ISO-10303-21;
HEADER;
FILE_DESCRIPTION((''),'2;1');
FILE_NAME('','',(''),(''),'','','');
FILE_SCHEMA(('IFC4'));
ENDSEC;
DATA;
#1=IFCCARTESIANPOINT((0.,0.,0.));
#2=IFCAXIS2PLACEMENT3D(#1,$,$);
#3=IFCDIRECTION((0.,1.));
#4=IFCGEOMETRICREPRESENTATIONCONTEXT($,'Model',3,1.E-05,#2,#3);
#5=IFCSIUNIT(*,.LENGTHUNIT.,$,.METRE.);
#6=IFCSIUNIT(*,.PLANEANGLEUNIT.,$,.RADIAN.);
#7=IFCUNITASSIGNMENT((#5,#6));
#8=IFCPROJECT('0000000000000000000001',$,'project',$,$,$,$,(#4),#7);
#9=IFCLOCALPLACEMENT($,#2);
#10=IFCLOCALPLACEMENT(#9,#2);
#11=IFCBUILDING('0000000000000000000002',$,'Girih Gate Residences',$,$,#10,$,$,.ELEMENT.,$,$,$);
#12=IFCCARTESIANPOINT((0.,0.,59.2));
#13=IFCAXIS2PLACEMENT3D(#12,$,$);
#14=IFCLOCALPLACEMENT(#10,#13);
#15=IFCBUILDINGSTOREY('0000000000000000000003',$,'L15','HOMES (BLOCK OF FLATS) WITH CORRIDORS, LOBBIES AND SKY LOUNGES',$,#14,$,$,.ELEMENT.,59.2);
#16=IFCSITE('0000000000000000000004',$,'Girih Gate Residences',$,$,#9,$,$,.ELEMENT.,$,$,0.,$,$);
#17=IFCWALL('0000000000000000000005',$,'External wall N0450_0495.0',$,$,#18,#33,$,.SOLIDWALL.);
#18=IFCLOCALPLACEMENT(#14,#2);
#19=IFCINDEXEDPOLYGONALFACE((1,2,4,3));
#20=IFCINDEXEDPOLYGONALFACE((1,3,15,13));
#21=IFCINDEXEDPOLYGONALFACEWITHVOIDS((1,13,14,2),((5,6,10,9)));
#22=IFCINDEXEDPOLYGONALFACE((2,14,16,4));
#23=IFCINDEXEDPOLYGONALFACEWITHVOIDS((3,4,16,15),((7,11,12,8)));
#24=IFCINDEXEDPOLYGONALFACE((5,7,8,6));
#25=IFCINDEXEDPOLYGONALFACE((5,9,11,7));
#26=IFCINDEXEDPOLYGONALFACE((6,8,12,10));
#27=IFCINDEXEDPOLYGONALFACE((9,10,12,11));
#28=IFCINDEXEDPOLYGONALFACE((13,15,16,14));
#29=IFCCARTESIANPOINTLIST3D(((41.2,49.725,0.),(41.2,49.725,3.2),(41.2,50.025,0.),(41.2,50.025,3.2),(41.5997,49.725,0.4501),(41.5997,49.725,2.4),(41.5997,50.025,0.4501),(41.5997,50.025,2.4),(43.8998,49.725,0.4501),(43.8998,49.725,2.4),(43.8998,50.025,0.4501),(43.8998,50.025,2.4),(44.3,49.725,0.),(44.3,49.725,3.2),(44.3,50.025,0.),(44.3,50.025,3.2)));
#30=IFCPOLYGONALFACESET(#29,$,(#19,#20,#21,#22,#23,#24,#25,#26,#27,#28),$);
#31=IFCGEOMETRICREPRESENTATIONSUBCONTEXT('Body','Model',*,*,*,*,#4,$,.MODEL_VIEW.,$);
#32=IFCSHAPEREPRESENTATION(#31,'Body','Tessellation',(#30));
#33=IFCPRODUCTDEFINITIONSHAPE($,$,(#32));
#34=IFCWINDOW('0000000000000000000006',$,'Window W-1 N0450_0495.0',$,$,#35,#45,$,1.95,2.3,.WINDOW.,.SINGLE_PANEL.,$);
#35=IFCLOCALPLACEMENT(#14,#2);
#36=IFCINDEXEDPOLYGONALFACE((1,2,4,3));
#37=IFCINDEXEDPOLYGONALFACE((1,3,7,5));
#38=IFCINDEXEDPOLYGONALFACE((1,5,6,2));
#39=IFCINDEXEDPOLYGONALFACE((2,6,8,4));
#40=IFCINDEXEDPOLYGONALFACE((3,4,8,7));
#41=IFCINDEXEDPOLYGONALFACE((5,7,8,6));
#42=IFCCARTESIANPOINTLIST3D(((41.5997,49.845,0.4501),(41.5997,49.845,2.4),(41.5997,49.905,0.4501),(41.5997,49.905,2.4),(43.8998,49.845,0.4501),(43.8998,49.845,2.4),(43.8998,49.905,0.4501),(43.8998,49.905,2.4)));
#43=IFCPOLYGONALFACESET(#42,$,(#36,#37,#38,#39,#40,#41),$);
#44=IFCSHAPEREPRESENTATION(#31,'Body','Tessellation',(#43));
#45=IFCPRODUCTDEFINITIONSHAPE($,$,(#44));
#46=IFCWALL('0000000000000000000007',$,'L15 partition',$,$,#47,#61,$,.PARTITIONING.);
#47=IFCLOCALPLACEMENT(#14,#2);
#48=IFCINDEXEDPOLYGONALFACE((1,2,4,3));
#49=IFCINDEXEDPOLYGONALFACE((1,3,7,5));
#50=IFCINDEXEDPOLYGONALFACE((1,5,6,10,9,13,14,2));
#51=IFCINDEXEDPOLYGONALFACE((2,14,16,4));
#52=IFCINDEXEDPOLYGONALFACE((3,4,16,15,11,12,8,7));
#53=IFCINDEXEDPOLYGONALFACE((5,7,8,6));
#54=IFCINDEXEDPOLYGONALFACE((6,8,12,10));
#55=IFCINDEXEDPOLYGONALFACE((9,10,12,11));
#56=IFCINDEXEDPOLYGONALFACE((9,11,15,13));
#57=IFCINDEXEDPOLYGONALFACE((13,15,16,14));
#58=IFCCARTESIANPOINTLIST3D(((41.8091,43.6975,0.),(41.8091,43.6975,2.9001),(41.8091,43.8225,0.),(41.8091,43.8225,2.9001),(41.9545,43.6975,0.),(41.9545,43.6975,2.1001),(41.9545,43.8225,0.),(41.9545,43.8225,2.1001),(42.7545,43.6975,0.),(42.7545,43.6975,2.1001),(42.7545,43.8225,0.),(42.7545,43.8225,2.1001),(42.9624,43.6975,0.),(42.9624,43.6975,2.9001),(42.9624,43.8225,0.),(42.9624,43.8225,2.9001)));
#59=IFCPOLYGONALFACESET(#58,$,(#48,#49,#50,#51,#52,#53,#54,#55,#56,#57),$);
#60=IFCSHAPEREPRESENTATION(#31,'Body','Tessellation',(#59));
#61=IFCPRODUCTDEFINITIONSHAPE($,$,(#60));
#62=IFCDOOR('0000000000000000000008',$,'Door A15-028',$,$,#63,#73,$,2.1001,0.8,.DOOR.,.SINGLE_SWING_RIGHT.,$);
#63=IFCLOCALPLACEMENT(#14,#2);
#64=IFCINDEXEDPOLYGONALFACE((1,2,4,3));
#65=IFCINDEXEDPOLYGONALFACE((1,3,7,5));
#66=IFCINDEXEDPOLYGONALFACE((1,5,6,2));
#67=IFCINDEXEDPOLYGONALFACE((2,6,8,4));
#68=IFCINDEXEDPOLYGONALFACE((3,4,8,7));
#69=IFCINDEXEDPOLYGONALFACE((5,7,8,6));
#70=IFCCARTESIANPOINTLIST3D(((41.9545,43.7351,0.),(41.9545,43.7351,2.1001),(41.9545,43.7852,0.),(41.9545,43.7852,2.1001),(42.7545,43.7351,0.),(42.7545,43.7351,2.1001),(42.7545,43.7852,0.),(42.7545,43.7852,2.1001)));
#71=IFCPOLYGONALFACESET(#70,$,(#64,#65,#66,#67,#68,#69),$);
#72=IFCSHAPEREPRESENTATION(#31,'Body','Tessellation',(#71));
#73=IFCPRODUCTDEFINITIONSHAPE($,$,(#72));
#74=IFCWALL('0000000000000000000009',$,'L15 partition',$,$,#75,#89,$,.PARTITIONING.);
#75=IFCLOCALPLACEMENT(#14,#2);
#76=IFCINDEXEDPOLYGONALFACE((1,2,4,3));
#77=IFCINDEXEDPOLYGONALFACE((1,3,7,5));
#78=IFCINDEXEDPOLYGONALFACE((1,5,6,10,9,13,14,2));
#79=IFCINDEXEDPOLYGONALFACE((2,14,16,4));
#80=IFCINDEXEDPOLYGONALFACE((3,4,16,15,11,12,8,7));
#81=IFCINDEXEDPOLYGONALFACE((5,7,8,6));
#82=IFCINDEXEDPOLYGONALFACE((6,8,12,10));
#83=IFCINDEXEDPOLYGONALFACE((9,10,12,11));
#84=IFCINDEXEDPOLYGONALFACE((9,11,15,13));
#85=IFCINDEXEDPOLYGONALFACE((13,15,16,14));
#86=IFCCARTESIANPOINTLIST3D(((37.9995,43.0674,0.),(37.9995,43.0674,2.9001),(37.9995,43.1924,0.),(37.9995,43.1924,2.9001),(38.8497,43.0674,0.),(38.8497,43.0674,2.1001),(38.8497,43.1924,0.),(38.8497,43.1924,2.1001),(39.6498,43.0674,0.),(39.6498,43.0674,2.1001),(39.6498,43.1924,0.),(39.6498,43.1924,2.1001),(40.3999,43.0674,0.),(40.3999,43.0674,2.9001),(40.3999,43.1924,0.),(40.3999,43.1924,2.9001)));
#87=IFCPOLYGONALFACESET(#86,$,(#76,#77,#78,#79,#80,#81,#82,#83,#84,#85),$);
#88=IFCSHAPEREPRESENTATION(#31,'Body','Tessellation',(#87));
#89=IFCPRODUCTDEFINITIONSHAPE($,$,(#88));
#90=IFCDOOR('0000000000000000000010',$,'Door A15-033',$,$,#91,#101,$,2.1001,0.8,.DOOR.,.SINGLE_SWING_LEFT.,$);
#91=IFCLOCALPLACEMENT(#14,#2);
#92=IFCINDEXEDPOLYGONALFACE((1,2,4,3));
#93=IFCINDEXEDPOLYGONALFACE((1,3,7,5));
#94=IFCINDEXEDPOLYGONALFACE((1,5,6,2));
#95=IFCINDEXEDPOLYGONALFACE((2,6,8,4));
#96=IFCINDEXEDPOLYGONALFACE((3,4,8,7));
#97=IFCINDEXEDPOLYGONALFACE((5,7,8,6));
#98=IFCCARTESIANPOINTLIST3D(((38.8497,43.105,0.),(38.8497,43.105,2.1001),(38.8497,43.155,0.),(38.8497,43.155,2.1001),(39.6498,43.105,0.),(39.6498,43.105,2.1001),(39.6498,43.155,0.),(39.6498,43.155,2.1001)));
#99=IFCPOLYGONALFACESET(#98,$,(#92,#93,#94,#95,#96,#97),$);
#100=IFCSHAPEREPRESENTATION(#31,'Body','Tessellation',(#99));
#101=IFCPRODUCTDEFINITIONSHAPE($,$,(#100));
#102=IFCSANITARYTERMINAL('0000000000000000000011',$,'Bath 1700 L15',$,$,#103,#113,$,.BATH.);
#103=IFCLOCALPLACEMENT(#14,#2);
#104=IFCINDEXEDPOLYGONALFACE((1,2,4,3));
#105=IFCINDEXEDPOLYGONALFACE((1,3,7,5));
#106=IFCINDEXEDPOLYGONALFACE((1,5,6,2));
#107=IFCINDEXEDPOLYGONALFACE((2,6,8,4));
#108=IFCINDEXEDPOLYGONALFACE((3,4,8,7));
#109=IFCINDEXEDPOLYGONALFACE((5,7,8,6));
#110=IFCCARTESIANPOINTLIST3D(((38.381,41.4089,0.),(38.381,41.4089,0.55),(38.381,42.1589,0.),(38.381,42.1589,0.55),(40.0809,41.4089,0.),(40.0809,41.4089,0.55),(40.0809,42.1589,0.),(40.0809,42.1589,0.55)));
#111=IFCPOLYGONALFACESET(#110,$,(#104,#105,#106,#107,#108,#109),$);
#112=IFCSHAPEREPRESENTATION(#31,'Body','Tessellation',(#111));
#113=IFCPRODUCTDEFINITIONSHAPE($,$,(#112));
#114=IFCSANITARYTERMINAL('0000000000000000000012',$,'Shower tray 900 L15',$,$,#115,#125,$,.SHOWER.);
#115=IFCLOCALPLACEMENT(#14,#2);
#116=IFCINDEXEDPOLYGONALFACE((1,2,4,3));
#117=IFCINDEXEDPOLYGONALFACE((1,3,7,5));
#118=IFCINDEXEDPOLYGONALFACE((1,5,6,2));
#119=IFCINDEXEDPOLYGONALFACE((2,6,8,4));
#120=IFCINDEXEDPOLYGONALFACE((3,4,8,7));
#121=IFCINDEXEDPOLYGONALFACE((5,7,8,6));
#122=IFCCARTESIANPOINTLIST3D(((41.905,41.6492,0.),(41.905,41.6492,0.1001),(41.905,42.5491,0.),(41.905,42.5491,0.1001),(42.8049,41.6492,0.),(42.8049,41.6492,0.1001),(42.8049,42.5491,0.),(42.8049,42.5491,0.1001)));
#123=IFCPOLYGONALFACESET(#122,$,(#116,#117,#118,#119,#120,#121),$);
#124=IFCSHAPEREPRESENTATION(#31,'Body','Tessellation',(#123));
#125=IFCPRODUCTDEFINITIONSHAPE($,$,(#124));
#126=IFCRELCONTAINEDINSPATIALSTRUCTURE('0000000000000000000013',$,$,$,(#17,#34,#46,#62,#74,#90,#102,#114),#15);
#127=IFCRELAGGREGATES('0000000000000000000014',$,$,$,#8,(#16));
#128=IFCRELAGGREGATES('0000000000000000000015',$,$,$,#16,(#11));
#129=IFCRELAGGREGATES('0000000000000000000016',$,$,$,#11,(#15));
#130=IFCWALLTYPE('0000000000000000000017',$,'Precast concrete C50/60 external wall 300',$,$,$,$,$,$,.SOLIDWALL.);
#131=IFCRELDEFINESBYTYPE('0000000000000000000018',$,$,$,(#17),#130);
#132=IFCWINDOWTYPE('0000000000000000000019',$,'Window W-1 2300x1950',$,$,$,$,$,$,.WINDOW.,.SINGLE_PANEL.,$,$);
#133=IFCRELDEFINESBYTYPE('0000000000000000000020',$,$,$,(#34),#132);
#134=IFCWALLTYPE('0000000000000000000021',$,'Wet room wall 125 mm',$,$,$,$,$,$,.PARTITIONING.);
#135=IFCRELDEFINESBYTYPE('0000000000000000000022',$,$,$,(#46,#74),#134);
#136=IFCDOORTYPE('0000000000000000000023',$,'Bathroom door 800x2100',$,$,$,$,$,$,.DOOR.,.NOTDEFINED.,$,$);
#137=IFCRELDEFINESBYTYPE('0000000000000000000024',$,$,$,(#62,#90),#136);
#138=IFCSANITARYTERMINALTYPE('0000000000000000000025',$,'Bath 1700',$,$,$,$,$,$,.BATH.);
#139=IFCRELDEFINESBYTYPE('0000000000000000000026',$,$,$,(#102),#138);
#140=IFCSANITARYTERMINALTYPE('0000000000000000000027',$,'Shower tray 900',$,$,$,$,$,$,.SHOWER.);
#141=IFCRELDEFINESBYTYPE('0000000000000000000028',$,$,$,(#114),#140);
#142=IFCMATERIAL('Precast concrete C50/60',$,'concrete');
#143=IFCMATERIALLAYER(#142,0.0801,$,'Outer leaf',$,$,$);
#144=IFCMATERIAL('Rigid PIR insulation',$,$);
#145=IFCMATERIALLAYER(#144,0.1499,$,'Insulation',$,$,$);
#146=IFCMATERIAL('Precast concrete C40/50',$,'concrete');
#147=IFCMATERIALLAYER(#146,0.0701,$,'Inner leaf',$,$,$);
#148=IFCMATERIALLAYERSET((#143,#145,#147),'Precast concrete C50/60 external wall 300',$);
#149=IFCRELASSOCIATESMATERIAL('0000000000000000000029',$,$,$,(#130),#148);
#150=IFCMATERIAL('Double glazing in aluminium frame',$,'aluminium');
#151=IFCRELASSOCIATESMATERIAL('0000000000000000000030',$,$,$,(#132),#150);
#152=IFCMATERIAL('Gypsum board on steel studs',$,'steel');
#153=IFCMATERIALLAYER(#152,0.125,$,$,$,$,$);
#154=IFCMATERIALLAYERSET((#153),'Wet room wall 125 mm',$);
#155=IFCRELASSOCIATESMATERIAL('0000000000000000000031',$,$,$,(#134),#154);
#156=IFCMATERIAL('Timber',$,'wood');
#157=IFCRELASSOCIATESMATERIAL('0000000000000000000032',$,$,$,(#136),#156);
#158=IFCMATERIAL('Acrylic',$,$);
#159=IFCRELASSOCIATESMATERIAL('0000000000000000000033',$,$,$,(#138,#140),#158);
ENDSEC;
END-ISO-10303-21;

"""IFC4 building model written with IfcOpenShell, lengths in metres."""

from ifc_helpers import new_model, si_unit, direction, frame, frame_2d, origin, origin_2d, place, context, subcontext, project, spatial, rectangle, extrude, material, layer, layer_set, type_object, element, fill, save


model = new_model("IFC4")

# Units and contexts
model_context = context("Model", 3, precision=1e-05, world=origin(), true_north=direction((0.0, 1.0)))
body_context = subcontext(model_context, "Body", "Model", "MODEL_VIEW")
ifc_project = project(units=[si_unit("LENGTHUNIT", "METRE"), si_unit("PLANEANGLEUNIT", "RADIAN")], contexts=[model_context])

# Site, building, storey
site_placement = place(None, origin())
site = spatial("IfcSite", under=ifc_project, at=site_placement, Name="Girih Gate Residences", CompositionType="ELEMENT", RefElevation=0.0)
building_placement = place(site_placement, origin())
building = spatial("IfcBuilding", under=site, at=building_placement, Name="Girih Gate Residences", CompositionType="ELEMENT")
storey_placement = place(building_placement, frame((0.0, 0.0, 59.2)))
storey = spatial("IfcBuildingStorey", under=building, at=storey_placement, Name="L15", Description="HOMES (BLOCK OF FLATS) WITH CORRIDORS, LOBBIES AND SKY LOUNGES", CompositionType="ELEMENT", Elevation=59.2)

# Shared definitions
ifc_material_1 = material(Name="Gypsum board on steel studs", Category="steel")
ifc_material_2 = material(Name="Timber", Category="wood")

# Wall, opening, window
ifc_material_3 = material(Name="Precast concrete C50/60", Category="concrete")
ifc_layer_1 = layer(ifc_material_3, 0.0801, Name="Outer leaf")
ifc_material_4 = material(Name="Rigid PIR insulation")
ifc_layer_2 = layer(ifc_material_4, 0.1499, Name="Insulation")
ifc_material_5 = material(Name="Precast concrete C40/50", Category="concrete")
ifc_layer_3 = layer(ifc_material_5, 0.0701, Name="Inner leaf")
ifc_layer_set_1 = layer_set([ifc_layer_1, ifc_layer_2, ifc_layer_3], Name="Precast concrete C50/60 external wall 300")
wall_type_1 = type_object("IfcWallType", Name="Precast concrete C50/60 external wall 300", PredefinedType="SOLIDWALL", material=ifc_layer_set_1)
wall_1_placement = place(storey_placement, frame((41.2, 49.875, 0.0), z_axis=(0.0, 0.0, 1.0), x_axis=(1.0, 0.0, 0.0)))
wall_1 = element("IfcWall", 1, at=wall_1_placement, inside=storey, type_object=wall_type_1, Name="External wall N0450_0495.0", PredefinedType="SOLIDWALL", context=body_context, shape_type="SweptSolid", body=[
    extrude(rectangle(XDim=3.1001, YDim=0.3, at=frame_2d((1.55, 0.0))), origin(), (0.0, 0.0, 1.0), 3.2),
])
opening_1_placement = place(wall_1_placement, frame((0.3999, 0.0, 0.45)))
opening_1 = element("IfcOpeningElement", 2, at=opening_1_placement, cuts=wall_1, PredefinedType="OPENING", context=body_context, shape_type="SweptSolid", body=[
    extrude(rectangle(XDim=2.3, YDim=1.95, at=frame_2d((1.1499, 0.9751))), frame((0.0, 0.1599, 0.0), z_axis=(0.0, -1.0, 0.0), x_axis=(1.0, 0.0, 0.0)), (0.0, 0.0, 1.0), 0.3201),
])
ifc_material_6 = material(Name="Double glazing in aluminium frame", Category="aluminium")
window_type = type_object("IfcWindowType", Name="Window W-1 2300x1950", PartitioningType="SINGLE_PANEL", PredefinedType="WINDOW", material=ifc_material_6)
window_placement = place(opening_1_placement, origin())
window = element("IfcWindow", 3, at=window_placement, inside=storey, type_object=window_type, Name="Window W-1 N0450_0495.0", OverallHeight=1.95, OverallWidth=2.3, PartitioningType="SINGLE_PANEL", PredefinedType="WINDOW", context=body_context, shape_type="SweptSolid", body=[
    extrude(rectangle(XDim=2.3, YDim=1.95, at=frame_2d((1.1499, 0.9751))), frame((0.0, 0.03, 0.0), z_axis=(0.0, -1.0, 0.0), x_axis=(1.0, 0.0, 0.0)), (0.0, 0.0, 1.0), 0.0601),
])
fill(opening_1, window)

# Walls, openings, doors
ifc_layer_4 = layer(ifc_material_1, 0.125)
ifc_layer_set_2 = layer_set([ifc_layer_4], Name="Wet room wall 125 mm")
wall_type_2 = type_object("IfcWallType", Name="Wet room wall 125 mm", PredefinedType="PARTITIONING", material=ifc_layer_set_2)
wall_2_placement = place(storey_placement, frame((42.9624, 43.76, 0.0), z_axis=(0.0, 0.0, 1.0), x_axis=(-1.0, 0.0, 0.0)))
wall_2 = element("IfcWall", 4, at=wall_2_placement, inside=storey, type_object=wall_type_2, Name="L15 partition", PredefinedType="PARTITIONING", context=body_context, shape_type="SweptSolid", body=[
    extrude(rectangle(XDim=1.1533, YDim=0.125, at=frame_2d((0.5767, 0.0))), origin(), (0.0, 0.0, 1.0), 2.9001),
])
opening_2_placement = place(wall_2_placement, frame((0.208, 0.0, 0.0)))
opening_2 = element("IfcOpeningElement", 5, at=opening_2_placement, cuts=wall_2, PredefinedType="OPENING", context=body_context, shape_type="SweptSolid", body=[
    extrude(rectangle(XDim=0.8, YDim=2.1001, at=frame_2d((0.3999, 1.05))), frame((0.0, 0.0725, 0.0), z_axis=(0.0, -1.0, 0.0), x_axis=(1.0, 0.0, 0.0)), (0.0, 0.0, 1.0), 0.145),
])
door_type_1 = type_object("IfcDoorType", Name="Bathroom door 800x2100", OperationType="NOTDEFINED", PredefinedType="DOOR", material=ifc_material_2)
door_1_placement = place(opening_2_placement, origin())
door_1 = element("IfcDoor", 6, at=door_1_placement, inside=storey, type_object=door_type_1, Name="Door A15-028", OperationType="SINGLE_SWING_RIGHT", OverallHeight=2.1001, OverallWidth=0.8, PredefinedType="DOOR", context=body_context, shape_type="SweptSolid", body=[
    extrude(rectangle(XDim=0.8, YDim=2.1001, at=frame_2d((0.3999, 1.05))), frame((0.0, 0.0249, 0.0), z_axis=(0.0, -1.0, 0.0), x_axis=(1.0, 0.0, 0.0)), (0.0, 0.0, 1.0), 0.05),
])
fill(opening_2, door_1)
wall_3_placement = place(storey_placement, frame((40.3999, 43.1299, 0.0), z_axis=(0.0, 0.0, 1.0), x_axis=(-1.0, 0.0, 0.0)))
wall_3 = element("IfcWall", 7, at=wall_3_placement, inside=storey, type_object=wall_type_2, Name="L15 partition", PredefinedType="PARTITIONING", context=body_context, shape_type="SweptSolid", body=[
    extrude(rectangle(XDim=2.4004, YDim=0.125, at=frame_2d((1.2002, 0.0))), origin(), (0.0, 0.0, 1.0), 2.9001),
])
opening_3_placement = place(wall_3_placement, frame((0.7502, 0.0, 0.0)))
opening_3 = element("IfcOpeningElement", 8, at=opening_3_placement, cuts=wall_3, PredefinedType="OPENING", context=body_context, shape_type="SweptSolid", body=[
    extrude(rectangle(XDim=0.8, YDim=2.1001, at=frame_2d((0.3999, 1.05))), frame((0.0, 0.0725, 0.0), z_axis=(0.0, -1.0, 0.0), x_axis=(1.0, 0.0, 0.0)), (0.0, 0.0, 1.0), 0.145),
])
door_2_placement = place(opening_3_placement, origin())
door_2 = element("IfcDoor", 9, at=door_2_placement, inside=storey, type_object=door_type_1, Name="Door A15-033", OperationType="SINGLE_SWING_LEFT", OverallHeight=2.1001, OverallWidth=0.8, PredefinedType="DOOR", context=body_context, shape_type="SweptSolid", body=[
    extrude(rectangle(XDim=0.8, YDim=2.1001, at=frame_2d((0.3999, 1.05))), frame((0.0, 0.0249, 0.0), z_axis=(0.0, -1.0, 0.0), x_axis=(1.0, 0.0, 0.0)), (0.0, 0.0, 1.0), 0.05),
])
fill(opening_3, door_2)

# Sanitary terminals
ifc_material_7 = material(Name="Acrylic")
sanitary_terminal_type_1 = type_object("IfcSanitaryTerminalType", Name="Bath 1700", PredefinedType="BATH", material=ifc_material_7)
sanitary_terminal_1_placement = place(storey_placement, frame((39.231, 41.7839, 0.0), z_axis=(0.0, 0.0, 1.0), x_axis=(1.0, 0.0, 0.0)))
element("IfcSanitaryTerminal", 10, at=sanitary_terminal_1_placement, inside=storey, type_object=sanitary_terminal_type_1, Name="Bath 1700 L15", PredefinedType="BATH", context=body_context, shape_type="SweptSolid", body=[
    extrude(rectangle(XDim=1.7, YDim=0.75, at=origin_2d()), origin(), (0.0, 0.0, 1.0), 0.55),
])
sanitary_terminal_type_2 = type_object("IfcSanitaryTerminalType", Name="Shower tray 900", PredefinedType="SHOWER", material=ifc_material_7)
sanitary_terminal_2_placement = place(storey_placement, frame((42.355, 42.0991, 0.0), z_axis=(0.0, 0.0, 1.0), x_axis=(1.0, 0.0, 0.0)))
element("IfcSanitaryTerminal", 11, at=sanitary_terminal_2_placement, inside=storey, type_object=sanitary_terminal_type_2, Name="Shower tray 900 L15", PredefinedType="SHOWER", context=body_context, shape_type="SweptSolid", body=[
    extrude(rectangle(XDim=0.8999, YDim=0.8999, at=origin_2d()), origin(), (0.0, 0.0, 1.0), 0.1001),
])

save(model, "model.ifc")
